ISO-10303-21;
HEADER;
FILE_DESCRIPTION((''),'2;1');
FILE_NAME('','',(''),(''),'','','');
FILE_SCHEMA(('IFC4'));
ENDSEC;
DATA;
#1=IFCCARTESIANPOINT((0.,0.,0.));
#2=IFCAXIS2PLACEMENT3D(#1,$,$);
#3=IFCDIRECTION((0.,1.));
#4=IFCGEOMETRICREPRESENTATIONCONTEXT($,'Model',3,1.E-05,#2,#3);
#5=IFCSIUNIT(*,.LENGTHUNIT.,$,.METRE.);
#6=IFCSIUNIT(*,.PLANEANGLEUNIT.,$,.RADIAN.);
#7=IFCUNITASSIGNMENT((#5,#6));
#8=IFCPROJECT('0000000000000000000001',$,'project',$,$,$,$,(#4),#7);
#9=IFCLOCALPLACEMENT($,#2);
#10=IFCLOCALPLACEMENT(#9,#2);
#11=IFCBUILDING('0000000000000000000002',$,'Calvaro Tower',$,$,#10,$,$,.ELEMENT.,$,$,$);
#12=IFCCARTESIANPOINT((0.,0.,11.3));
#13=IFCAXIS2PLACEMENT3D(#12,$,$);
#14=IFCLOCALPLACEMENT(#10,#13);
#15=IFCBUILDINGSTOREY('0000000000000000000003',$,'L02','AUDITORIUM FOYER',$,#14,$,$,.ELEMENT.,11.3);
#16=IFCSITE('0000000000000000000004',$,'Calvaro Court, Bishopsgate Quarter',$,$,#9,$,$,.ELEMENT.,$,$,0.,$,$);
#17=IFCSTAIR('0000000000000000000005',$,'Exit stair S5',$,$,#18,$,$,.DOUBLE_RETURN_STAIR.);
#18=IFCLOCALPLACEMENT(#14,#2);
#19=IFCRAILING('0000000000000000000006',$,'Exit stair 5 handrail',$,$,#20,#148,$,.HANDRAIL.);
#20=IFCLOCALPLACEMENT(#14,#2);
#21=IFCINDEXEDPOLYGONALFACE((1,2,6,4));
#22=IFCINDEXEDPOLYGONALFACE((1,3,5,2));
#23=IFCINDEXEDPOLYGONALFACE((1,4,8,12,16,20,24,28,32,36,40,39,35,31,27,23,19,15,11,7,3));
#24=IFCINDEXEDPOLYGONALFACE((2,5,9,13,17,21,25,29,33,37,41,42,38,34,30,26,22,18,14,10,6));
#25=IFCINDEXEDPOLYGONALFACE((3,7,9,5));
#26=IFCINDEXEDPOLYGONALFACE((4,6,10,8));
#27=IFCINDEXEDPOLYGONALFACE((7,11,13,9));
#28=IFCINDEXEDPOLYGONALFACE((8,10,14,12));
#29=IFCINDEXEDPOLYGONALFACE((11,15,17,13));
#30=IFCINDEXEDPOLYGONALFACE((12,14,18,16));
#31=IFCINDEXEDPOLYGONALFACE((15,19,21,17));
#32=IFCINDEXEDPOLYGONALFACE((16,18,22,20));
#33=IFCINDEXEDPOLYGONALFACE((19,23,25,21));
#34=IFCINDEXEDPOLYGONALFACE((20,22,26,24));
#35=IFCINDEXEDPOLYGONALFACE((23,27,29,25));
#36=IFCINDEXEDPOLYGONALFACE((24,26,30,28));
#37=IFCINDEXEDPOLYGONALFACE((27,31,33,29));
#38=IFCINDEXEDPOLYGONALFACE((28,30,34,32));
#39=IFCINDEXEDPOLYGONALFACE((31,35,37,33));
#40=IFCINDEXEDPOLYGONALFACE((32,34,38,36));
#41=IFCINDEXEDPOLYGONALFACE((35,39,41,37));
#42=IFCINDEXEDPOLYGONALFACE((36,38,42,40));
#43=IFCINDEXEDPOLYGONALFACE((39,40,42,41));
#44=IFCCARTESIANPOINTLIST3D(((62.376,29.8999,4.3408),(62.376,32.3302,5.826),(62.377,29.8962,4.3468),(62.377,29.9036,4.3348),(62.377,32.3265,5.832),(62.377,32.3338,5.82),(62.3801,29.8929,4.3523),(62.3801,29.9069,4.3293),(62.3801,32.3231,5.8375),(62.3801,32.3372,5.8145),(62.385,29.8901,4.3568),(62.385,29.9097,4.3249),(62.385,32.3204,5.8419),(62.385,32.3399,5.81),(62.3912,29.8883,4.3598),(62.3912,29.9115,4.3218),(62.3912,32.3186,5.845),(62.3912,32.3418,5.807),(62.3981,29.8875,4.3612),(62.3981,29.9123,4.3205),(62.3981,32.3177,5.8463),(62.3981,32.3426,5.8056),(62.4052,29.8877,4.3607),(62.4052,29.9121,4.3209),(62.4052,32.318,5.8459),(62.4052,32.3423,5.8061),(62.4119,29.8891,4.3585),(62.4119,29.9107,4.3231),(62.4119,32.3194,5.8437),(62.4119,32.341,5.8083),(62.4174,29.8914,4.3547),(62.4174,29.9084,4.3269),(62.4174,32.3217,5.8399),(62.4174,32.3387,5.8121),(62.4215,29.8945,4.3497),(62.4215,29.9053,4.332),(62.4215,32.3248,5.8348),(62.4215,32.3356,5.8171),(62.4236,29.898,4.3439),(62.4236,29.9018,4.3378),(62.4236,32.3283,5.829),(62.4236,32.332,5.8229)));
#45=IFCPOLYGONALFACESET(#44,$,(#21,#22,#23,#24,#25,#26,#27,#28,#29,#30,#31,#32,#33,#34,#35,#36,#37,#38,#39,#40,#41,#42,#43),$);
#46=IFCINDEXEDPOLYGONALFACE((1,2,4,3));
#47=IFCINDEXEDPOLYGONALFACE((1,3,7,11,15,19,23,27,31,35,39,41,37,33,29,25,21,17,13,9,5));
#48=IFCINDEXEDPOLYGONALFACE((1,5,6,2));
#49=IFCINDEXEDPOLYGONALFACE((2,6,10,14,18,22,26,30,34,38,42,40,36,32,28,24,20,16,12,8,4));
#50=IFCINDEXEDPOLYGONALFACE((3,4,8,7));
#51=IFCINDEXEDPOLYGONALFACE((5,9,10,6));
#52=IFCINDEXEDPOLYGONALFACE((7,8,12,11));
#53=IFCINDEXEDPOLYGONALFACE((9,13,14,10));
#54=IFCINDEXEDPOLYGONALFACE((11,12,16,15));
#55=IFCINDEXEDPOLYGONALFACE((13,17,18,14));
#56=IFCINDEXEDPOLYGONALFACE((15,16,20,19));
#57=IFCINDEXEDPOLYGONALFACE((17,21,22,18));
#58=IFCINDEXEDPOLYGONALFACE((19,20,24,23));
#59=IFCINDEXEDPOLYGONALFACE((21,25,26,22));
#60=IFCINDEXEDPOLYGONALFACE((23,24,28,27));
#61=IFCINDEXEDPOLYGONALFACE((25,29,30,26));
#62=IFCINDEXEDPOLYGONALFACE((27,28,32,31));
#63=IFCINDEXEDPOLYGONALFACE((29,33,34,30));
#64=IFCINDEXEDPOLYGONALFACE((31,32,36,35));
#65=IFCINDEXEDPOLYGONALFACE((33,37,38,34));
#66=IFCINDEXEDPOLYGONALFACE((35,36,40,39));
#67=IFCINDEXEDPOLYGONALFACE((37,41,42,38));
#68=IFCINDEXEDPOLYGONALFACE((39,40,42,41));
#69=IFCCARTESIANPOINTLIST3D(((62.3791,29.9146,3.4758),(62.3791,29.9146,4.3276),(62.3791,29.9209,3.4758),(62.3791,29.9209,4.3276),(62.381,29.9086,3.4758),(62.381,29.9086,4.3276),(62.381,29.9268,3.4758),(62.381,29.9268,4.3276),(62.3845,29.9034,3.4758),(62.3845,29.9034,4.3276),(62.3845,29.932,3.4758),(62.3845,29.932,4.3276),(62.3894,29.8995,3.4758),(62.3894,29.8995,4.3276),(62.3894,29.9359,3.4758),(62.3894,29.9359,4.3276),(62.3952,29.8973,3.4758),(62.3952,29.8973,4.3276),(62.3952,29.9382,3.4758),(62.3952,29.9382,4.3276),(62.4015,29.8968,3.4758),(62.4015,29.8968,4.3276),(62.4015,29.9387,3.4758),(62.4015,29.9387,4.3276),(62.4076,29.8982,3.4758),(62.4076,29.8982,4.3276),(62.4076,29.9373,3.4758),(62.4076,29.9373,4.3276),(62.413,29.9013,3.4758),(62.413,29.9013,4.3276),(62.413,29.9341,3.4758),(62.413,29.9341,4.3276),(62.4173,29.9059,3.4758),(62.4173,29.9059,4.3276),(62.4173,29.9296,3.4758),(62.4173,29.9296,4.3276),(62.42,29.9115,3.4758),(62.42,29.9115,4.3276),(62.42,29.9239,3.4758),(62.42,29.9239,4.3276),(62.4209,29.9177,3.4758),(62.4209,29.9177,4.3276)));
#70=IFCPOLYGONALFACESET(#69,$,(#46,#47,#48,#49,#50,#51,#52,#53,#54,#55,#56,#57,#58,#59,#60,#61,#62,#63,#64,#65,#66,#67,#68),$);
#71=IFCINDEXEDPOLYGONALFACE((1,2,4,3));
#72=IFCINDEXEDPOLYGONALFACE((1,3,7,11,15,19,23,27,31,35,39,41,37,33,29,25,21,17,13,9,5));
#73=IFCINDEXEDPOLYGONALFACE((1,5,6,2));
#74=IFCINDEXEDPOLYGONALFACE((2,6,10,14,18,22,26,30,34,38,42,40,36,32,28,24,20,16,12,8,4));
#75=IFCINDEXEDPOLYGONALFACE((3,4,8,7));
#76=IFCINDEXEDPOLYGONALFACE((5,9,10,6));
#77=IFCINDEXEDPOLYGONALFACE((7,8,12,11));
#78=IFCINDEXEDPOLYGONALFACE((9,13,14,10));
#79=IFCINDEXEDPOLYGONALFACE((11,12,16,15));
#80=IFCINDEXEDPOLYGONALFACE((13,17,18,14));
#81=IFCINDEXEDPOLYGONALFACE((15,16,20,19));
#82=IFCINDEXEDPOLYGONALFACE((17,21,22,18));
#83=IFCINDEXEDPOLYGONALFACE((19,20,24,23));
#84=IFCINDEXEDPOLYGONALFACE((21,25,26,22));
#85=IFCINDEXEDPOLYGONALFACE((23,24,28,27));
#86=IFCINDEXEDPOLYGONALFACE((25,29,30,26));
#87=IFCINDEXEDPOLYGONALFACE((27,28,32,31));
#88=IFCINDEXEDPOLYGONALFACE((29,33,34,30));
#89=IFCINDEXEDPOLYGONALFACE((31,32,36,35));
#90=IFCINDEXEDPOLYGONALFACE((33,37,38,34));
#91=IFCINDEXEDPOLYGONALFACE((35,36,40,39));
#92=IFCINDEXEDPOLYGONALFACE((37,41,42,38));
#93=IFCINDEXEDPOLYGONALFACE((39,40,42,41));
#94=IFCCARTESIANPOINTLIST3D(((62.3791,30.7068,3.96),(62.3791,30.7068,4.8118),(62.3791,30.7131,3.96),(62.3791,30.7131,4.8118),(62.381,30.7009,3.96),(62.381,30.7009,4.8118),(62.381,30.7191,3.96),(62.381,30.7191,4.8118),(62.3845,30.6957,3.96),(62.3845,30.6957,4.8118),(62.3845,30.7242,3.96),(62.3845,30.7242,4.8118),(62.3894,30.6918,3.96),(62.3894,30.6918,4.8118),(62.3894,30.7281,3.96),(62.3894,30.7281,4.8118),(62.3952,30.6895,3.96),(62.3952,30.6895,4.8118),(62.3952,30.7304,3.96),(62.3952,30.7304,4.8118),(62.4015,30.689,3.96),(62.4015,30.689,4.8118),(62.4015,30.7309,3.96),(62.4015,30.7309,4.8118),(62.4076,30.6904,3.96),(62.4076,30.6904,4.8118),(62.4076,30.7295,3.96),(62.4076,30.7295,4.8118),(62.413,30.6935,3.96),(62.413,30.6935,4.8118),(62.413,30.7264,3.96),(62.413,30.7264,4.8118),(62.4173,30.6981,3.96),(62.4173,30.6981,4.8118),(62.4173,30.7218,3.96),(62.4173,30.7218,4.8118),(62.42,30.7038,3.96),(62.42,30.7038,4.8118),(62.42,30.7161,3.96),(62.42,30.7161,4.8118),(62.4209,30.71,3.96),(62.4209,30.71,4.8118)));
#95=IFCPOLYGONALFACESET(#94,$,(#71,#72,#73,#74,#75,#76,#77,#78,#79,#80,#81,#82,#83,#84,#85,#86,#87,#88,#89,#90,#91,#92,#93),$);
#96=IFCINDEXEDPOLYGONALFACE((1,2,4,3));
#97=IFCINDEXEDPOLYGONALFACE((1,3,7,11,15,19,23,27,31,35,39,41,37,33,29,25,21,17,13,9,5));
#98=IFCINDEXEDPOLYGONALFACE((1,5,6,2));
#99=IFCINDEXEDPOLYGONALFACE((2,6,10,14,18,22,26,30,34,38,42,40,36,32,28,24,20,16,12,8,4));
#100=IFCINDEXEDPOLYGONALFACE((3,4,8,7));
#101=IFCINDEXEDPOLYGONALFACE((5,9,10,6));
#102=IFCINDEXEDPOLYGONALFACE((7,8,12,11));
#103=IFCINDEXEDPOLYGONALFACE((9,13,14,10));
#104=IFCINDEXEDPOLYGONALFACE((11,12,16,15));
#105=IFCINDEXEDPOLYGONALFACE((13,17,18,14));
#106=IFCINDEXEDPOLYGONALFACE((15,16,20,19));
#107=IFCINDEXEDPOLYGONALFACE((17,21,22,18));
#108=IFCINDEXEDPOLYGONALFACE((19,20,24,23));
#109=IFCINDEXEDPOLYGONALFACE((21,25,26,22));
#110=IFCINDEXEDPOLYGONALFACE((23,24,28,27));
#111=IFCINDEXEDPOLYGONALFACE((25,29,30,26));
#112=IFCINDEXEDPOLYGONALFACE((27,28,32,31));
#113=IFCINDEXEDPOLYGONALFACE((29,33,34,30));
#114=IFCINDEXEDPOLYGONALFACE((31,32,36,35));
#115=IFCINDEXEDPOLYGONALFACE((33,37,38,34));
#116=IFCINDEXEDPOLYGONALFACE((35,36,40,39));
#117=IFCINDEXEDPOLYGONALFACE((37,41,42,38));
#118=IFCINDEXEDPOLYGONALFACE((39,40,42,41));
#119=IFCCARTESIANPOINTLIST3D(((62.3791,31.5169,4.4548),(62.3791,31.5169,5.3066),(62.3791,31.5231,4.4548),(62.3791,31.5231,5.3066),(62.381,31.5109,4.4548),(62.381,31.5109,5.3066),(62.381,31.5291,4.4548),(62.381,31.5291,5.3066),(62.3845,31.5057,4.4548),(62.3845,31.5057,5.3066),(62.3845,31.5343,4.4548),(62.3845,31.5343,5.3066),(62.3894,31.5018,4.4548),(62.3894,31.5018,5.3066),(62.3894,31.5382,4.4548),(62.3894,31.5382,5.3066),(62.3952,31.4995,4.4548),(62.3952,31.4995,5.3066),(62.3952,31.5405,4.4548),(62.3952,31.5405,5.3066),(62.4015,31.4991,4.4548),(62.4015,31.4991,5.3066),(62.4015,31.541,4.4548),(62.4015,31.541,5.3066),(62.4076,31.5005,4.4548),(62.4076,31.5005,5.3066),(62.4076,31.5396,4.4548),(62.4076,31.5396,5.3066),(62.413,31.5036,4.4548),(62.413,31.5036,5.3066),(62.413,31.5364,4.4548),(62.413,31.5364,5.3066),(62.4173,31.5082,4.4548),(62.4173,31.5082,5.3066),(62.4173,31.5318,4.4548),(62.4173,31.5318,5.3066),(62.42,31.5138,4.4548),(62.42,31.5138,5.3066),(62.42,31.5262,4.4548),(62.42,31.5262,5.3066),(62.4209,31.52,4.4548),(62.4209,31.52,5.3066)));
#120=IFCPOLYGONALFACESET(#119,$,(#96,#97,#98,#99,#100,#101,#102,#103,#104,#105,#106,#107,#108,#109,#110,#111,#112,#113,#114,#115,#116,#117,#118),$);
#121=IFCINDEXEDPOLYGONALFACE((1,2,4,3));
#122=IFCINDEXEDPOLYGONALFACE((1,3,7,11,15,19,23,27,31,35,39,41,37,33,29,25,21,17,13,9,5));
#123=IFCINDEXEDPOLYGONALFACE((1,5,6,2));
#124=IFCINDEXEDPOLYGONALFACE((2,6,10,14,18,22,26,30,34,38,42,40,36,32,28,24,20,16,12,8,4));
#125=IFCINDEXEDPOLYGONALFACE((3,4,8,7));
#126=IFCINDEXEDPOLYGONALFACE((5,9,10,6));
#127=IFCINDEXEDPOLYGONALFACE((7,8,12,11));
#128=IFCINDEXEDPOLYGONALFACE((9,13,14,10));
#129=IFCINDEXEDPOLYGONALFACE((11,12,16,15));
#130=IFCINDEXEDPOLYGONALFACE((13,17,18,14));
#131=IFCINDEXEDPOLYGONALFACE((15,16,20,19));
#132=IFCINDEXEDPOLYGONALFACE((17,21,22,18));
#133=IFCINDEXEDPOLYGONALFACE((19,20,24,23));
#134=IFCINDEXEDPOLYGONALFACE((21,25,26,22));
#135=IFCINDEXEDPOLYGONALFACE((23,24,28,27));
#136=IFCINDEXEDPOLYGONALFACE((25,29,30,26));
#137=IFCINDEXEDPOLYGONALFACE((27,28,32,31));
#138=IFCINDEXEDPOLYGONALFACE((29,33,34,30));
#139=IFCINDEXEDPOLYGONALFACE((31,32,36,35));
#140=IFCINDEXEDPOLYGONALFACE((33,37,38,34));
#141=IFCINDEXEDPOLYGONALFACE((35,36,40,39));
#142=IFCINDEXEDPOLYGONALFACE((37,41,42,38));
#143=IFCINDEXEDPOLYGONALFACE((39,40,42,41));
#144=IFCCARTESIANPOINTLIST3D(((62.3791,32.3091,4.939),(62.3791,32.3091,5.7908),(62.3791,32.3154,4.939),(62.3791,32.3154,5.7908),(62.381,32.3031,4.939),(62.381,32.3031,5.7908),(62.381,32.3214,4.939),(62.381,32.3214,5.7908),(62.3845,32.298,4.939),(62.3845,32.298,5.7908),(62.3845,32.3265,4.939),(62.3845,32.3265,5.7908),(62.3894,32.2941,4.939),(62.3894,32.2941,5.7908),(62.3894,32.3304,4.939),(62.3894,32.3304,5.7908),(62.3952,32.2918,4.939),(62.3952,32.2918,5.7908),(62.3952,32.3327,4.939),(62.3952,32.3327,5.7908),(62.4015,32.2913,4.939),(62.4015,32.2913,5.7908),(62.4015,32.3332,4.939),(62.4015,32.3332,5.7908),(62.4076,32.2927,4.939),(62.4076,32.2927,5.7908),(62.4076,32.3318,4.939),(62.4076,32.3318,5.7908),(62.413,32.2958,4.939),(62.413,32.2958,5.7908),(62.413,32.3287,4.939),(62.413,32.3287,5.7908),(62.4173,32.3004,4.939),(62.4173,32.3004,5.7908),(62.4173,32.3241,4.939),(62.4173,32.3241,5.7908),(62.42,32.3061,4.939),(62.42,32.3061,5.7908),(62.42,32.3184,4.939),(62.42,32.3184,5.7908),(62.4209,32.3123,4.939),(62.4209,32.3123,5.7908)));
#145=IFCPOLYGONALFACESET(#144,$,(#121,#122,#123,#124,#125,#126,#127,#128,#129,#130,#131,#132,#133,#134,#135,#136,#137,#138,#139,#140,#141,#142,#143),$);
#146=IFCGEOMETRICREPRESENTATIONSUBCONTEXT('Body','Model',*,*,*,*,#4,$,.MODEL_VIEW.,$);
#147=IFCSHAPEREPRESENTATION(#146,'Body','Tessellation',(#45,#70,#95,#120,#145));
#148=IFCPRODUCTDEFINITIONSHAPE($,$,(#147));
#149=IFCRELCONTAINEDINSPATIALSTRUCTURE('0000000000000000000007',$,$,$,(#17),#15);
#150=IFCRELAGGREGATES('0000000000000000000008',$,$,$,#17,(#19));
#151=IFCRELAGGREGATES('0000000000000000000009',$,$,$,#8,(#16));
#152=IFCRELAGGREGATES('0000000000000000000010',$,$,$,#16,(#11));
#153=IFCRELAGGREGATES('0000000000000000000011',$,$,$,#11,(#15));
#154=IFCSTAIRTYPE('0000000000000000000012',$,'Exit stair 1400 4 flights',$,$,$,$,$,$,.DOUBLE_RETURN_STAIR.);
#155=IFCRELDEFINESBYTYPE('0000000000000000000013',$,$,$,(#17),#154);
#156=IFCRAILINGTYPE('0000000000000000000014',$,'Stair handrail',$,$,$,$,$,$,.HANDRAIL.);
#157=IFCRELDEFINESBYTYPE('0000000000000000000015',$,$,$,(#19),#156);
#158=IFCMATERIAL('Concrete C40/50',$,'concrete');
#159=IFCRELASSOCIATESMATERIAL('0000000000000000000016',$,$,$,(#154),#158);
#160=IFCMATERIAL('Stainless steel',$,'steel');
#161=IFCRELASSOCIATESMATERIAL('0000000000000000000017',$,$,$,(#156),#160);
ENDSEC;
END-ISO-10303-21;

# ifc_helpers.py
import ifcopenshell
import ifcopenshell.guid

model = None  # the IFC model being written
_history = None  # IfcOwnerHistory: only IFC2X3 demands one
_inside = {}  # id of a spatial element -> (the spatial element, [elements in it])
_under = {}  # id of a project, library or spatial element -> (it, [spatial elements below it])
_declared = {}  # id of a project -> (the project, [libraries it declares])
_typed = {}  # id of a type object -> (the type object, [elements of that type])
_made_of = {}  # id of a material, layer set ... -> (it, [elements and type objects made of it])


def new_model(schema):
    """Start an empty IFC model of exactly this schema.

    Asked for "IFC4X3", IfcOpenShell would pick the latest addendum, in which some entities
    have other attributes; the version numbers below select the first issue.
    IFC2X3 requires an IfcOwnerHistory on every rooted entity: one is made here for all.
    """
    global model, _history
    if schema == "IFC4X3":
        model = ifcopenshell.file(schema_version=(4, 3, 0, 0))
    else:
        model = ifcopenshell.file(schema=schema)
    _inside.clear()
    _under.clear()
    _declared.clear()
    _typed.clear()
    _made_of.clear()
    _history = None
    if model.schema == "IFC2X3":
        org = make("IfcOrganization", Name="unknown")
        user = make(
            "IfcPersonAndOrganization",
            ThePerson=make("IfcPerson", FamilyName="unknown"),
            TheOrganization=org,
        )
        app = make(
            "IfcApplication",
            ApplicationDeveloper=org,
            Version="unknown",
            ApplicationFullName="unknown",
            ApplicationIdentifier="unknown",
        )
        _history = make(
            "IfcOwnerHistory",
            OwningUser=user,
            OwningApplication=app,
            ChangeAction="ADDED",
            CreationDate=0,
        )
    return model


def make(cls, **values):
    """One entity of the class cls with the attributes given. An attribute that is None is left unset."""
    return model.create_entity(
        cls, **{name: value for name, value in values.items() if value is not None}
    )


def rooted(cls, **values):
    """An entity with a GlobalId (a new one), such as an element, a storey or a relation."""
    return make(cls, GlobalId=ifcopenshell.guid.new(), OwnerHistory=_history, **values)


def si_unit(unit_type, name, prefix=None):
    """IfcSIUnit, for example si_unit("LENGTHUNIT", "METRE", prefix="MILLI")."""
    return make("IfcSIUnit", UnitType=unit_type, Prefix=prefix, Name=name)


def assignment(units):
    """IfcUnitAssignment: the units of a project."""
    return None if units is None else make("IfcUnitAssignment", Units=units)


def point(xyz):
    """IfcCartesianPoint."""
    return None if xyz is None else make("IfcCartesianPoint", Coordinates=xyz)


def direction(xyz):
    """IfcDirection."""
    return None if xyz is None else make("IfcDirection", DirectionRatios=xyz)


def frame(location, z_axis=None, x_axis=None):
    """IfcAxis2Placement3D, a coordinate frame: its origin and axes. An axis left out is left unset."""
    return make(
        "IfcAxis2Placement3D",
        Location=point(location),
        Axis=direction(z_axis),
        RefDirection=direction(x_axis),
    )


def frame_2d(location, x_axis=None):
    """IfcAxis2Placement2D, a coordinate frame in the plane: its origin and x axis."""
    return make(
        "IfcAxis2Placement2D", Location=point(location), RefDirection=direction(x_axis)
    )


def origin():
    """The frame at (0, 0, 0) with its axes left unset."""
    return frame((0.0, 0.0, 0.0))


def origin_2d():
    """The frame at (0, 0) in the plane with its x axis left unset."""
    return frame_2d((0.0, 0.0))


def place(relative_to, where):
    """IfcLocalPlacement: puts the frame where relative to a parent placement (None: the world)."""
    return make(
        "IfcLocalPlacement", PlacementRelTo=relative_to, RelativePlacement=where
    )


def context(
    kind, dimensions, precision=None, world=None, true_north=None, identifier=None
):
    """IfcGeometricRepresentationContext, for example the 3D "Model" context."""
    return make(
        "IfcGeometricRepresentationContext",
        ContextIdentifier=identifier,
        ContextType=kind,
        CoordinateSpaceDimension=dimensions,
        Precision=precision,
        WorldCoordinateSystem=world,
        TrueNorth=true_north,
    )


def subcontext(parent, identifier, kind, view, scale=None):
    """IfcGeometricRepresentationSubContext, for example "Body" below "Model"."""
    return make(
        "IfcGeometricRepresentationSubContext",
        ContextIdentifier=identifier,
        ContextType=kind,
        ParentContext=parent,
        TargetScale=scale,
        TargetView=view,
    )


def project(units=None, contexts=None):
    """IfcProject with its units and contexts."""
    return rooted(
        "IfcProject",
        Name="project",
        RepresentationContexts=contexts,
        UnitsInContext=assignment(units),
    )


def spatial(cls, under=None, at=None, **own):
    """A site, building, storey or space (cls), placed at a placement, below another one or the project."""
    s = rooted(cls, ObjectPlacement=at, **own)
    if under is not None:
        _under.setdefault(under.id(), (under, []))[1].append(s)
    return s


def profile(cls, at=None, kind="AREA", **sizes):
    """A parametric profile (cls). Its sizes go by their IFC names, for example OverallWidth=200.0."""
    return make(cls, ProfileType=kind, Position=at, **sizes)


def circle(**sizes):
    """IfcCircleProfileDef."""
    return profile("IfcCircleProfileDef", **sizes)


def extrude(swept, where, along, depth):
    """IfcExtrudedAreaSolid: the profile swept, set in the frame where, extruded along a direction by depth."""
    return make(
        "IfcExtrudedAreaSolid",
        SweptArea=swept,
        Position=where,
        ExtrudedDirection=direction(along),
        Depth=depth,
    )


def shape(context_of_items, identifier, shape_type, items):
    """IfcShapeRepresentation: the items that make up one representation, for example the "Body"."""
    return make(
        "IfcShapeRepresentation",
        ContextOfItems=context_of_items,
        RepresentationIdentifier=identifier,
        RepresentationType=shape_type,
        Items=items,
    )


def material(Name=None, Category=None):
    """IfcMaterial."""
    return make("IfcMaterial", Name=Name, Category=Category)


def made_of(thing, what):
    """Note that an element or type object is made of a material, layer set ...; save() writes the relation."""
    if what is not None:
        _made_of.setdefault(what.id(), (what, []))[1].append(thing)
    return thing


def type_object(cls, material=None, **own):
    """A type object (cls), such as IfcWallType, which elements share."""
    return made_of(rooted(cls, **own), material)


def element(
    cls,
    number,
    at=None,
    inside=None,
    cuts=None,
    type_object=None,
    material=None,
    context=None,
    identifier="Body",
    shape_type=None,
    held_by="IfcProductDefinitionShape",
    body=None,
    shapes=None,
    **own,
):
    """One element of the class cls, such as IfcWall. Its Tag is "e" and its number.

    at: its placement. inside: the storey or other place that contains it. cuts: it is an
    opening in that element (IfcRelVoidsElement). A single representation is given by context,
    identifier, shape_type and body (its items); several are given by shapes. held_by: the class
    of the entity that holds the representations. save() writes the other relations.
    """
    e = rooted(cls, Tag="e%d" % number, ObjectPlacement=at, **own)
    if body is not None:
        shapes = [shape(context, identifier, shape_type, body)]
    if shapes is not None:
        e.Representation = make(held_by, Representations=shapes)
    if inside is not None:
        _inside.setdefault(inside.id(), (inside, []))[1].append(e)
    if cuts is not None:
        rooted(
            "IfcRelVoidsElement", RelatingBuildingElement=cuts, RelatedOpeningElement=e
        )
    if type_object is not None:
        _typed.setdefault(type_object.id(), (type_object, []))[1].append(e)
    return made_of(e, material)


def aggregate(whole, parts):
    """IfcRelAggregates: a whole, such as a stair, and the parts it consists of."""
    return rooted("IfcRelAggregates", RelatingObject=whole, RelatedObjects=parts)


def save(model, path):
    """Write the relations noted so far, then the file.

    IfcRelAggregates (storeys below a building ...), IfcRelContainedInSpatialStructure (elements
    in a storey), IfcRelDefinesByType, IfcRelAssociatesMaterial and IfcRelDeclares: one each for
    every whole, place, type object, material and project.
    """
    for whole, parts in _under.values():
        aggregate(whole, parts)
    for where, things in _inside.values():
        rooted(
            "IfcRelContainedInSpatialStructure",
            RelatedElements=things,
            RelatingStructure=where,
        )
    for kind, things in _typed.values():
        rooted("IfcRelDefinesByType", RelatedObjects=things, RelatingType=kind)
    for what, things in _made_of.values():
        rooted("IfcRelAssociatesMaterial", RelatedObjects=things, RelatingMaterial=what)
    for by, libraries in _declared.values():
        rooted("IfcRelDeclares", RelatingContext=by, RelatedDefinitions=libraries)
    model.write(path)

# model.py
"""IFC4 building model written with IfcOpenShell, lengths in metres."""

from ifc_helpers import new_model, si_unit, direction, frame, origin, origin_2d, place, context, subcontext, project, spatial, circle, extrude, material, type_object, element, aggregate, save


model = new_model("IFC4")

# Units and contexts
model_context = context("Model", 3, precision=1e-05, world=origin(), true_north=direction((0.0, 1.0)))
body_context = subcontext(model_context, "Body", "Model", "MODEL_VIEW")
ifc_project = project(units=[si_unit("LENGTHUNIT", "METRE"), si_unit("PLANEANGLEUNIT", "RADIAN")], contexts=[model_context])

# Site, building, storey
site_placement = place(None, origin())
site = spatial("IfcSite", under=ifc_project, at=site_placement, Name="Calvaro Court, Bishopsgate Quarter", CompositionType="ELEMENT", RefElevation=0.0)
building_placement = place(site_placement, origin())
building = spatial("IfcBuilding", under=site, at=building_placement, Name="Calvaro Tower", CompositionType="ELEMENT")
storey_placement = place(building_placement, frame((0.0, 0.0, 11.3)))
storey = spatial("IfcBuildingStorey", under=building, at=storey_placement, Name="L02", Description="AUDITORIUM FOYER", CompositionType="ELEMENT", Elevation=11.3)

# Stair
ifc_material_1 = material(Name="Concrete C40/50", Category="concrete")
stair_type = type_object("IfcStairType", Name="Exit stair 1400 4 flights", PredefinedType="DOUBLE_RETURN_STAIR", material=ifc_material_1)
stair_1_placement = place(storey_placement, origin())
stair_1 = element("IfcStair", 1, at=stair_1_placement, inside=storey, type_object=stair_type, Name="Exit stair S5", PredefinedType="DOUBLE_RETURN_STAIR")

# Shared definitions
ifc_material_2 = material(Name="Stainless steel", Category="steel")
railing_type = type_object("IfcRailingType", Name="Stair handrail", PredefinedType="HANDRAIL", material=ifc_material_2)

# Railing
railing_1_placement = place(storey_placement, frame((62.3999, 29.8999, 3.4648)))
railing_1 = element("IfcRailing", 2, at=railing_1_placement, type_object=railing_type, Name="Exit stair 5 handrail", PredefinedType="HANDRAIL", context=body_context, shape_type="SweptSolid", body=[
    extrude(circle(Radius=0.0239, at=origin_2d()), frame((0.0, 0.0, 0.876), z_axis=(0.0, 0.853282, 0.52145), x_axis=(-1.0, 0.0, 0.0)), (0.0, 0.0, 1.0), 2.8481),
    extrude(circle(Radius=0.021, at=origin_2d()), frame((0.0, 0.0178, 0.011)), (0.0, 0.0, 1.0), 0.8518),
    extrude(circle(Radius=0.021, at=origin_2d()), frame((0.0, 0.8101, 0.4951)), (0.0, 0.0, 1.0), 0.8518),
    extrude(circle(Radius=0.021, at=origin_2d()), frame((0.0, 1.6201, 0.99)), (0.0, 0.0, 1.0), 0.8518),
    extrude(circle(Radius=0.021, at=origin_2d()), frame((0.0, 2.4124, 1.4741)), (0.0, 0.0, 1.0), 0.8518),
])
aggregate(stair_1, [railing_1])

save(model, "model.ifc")
